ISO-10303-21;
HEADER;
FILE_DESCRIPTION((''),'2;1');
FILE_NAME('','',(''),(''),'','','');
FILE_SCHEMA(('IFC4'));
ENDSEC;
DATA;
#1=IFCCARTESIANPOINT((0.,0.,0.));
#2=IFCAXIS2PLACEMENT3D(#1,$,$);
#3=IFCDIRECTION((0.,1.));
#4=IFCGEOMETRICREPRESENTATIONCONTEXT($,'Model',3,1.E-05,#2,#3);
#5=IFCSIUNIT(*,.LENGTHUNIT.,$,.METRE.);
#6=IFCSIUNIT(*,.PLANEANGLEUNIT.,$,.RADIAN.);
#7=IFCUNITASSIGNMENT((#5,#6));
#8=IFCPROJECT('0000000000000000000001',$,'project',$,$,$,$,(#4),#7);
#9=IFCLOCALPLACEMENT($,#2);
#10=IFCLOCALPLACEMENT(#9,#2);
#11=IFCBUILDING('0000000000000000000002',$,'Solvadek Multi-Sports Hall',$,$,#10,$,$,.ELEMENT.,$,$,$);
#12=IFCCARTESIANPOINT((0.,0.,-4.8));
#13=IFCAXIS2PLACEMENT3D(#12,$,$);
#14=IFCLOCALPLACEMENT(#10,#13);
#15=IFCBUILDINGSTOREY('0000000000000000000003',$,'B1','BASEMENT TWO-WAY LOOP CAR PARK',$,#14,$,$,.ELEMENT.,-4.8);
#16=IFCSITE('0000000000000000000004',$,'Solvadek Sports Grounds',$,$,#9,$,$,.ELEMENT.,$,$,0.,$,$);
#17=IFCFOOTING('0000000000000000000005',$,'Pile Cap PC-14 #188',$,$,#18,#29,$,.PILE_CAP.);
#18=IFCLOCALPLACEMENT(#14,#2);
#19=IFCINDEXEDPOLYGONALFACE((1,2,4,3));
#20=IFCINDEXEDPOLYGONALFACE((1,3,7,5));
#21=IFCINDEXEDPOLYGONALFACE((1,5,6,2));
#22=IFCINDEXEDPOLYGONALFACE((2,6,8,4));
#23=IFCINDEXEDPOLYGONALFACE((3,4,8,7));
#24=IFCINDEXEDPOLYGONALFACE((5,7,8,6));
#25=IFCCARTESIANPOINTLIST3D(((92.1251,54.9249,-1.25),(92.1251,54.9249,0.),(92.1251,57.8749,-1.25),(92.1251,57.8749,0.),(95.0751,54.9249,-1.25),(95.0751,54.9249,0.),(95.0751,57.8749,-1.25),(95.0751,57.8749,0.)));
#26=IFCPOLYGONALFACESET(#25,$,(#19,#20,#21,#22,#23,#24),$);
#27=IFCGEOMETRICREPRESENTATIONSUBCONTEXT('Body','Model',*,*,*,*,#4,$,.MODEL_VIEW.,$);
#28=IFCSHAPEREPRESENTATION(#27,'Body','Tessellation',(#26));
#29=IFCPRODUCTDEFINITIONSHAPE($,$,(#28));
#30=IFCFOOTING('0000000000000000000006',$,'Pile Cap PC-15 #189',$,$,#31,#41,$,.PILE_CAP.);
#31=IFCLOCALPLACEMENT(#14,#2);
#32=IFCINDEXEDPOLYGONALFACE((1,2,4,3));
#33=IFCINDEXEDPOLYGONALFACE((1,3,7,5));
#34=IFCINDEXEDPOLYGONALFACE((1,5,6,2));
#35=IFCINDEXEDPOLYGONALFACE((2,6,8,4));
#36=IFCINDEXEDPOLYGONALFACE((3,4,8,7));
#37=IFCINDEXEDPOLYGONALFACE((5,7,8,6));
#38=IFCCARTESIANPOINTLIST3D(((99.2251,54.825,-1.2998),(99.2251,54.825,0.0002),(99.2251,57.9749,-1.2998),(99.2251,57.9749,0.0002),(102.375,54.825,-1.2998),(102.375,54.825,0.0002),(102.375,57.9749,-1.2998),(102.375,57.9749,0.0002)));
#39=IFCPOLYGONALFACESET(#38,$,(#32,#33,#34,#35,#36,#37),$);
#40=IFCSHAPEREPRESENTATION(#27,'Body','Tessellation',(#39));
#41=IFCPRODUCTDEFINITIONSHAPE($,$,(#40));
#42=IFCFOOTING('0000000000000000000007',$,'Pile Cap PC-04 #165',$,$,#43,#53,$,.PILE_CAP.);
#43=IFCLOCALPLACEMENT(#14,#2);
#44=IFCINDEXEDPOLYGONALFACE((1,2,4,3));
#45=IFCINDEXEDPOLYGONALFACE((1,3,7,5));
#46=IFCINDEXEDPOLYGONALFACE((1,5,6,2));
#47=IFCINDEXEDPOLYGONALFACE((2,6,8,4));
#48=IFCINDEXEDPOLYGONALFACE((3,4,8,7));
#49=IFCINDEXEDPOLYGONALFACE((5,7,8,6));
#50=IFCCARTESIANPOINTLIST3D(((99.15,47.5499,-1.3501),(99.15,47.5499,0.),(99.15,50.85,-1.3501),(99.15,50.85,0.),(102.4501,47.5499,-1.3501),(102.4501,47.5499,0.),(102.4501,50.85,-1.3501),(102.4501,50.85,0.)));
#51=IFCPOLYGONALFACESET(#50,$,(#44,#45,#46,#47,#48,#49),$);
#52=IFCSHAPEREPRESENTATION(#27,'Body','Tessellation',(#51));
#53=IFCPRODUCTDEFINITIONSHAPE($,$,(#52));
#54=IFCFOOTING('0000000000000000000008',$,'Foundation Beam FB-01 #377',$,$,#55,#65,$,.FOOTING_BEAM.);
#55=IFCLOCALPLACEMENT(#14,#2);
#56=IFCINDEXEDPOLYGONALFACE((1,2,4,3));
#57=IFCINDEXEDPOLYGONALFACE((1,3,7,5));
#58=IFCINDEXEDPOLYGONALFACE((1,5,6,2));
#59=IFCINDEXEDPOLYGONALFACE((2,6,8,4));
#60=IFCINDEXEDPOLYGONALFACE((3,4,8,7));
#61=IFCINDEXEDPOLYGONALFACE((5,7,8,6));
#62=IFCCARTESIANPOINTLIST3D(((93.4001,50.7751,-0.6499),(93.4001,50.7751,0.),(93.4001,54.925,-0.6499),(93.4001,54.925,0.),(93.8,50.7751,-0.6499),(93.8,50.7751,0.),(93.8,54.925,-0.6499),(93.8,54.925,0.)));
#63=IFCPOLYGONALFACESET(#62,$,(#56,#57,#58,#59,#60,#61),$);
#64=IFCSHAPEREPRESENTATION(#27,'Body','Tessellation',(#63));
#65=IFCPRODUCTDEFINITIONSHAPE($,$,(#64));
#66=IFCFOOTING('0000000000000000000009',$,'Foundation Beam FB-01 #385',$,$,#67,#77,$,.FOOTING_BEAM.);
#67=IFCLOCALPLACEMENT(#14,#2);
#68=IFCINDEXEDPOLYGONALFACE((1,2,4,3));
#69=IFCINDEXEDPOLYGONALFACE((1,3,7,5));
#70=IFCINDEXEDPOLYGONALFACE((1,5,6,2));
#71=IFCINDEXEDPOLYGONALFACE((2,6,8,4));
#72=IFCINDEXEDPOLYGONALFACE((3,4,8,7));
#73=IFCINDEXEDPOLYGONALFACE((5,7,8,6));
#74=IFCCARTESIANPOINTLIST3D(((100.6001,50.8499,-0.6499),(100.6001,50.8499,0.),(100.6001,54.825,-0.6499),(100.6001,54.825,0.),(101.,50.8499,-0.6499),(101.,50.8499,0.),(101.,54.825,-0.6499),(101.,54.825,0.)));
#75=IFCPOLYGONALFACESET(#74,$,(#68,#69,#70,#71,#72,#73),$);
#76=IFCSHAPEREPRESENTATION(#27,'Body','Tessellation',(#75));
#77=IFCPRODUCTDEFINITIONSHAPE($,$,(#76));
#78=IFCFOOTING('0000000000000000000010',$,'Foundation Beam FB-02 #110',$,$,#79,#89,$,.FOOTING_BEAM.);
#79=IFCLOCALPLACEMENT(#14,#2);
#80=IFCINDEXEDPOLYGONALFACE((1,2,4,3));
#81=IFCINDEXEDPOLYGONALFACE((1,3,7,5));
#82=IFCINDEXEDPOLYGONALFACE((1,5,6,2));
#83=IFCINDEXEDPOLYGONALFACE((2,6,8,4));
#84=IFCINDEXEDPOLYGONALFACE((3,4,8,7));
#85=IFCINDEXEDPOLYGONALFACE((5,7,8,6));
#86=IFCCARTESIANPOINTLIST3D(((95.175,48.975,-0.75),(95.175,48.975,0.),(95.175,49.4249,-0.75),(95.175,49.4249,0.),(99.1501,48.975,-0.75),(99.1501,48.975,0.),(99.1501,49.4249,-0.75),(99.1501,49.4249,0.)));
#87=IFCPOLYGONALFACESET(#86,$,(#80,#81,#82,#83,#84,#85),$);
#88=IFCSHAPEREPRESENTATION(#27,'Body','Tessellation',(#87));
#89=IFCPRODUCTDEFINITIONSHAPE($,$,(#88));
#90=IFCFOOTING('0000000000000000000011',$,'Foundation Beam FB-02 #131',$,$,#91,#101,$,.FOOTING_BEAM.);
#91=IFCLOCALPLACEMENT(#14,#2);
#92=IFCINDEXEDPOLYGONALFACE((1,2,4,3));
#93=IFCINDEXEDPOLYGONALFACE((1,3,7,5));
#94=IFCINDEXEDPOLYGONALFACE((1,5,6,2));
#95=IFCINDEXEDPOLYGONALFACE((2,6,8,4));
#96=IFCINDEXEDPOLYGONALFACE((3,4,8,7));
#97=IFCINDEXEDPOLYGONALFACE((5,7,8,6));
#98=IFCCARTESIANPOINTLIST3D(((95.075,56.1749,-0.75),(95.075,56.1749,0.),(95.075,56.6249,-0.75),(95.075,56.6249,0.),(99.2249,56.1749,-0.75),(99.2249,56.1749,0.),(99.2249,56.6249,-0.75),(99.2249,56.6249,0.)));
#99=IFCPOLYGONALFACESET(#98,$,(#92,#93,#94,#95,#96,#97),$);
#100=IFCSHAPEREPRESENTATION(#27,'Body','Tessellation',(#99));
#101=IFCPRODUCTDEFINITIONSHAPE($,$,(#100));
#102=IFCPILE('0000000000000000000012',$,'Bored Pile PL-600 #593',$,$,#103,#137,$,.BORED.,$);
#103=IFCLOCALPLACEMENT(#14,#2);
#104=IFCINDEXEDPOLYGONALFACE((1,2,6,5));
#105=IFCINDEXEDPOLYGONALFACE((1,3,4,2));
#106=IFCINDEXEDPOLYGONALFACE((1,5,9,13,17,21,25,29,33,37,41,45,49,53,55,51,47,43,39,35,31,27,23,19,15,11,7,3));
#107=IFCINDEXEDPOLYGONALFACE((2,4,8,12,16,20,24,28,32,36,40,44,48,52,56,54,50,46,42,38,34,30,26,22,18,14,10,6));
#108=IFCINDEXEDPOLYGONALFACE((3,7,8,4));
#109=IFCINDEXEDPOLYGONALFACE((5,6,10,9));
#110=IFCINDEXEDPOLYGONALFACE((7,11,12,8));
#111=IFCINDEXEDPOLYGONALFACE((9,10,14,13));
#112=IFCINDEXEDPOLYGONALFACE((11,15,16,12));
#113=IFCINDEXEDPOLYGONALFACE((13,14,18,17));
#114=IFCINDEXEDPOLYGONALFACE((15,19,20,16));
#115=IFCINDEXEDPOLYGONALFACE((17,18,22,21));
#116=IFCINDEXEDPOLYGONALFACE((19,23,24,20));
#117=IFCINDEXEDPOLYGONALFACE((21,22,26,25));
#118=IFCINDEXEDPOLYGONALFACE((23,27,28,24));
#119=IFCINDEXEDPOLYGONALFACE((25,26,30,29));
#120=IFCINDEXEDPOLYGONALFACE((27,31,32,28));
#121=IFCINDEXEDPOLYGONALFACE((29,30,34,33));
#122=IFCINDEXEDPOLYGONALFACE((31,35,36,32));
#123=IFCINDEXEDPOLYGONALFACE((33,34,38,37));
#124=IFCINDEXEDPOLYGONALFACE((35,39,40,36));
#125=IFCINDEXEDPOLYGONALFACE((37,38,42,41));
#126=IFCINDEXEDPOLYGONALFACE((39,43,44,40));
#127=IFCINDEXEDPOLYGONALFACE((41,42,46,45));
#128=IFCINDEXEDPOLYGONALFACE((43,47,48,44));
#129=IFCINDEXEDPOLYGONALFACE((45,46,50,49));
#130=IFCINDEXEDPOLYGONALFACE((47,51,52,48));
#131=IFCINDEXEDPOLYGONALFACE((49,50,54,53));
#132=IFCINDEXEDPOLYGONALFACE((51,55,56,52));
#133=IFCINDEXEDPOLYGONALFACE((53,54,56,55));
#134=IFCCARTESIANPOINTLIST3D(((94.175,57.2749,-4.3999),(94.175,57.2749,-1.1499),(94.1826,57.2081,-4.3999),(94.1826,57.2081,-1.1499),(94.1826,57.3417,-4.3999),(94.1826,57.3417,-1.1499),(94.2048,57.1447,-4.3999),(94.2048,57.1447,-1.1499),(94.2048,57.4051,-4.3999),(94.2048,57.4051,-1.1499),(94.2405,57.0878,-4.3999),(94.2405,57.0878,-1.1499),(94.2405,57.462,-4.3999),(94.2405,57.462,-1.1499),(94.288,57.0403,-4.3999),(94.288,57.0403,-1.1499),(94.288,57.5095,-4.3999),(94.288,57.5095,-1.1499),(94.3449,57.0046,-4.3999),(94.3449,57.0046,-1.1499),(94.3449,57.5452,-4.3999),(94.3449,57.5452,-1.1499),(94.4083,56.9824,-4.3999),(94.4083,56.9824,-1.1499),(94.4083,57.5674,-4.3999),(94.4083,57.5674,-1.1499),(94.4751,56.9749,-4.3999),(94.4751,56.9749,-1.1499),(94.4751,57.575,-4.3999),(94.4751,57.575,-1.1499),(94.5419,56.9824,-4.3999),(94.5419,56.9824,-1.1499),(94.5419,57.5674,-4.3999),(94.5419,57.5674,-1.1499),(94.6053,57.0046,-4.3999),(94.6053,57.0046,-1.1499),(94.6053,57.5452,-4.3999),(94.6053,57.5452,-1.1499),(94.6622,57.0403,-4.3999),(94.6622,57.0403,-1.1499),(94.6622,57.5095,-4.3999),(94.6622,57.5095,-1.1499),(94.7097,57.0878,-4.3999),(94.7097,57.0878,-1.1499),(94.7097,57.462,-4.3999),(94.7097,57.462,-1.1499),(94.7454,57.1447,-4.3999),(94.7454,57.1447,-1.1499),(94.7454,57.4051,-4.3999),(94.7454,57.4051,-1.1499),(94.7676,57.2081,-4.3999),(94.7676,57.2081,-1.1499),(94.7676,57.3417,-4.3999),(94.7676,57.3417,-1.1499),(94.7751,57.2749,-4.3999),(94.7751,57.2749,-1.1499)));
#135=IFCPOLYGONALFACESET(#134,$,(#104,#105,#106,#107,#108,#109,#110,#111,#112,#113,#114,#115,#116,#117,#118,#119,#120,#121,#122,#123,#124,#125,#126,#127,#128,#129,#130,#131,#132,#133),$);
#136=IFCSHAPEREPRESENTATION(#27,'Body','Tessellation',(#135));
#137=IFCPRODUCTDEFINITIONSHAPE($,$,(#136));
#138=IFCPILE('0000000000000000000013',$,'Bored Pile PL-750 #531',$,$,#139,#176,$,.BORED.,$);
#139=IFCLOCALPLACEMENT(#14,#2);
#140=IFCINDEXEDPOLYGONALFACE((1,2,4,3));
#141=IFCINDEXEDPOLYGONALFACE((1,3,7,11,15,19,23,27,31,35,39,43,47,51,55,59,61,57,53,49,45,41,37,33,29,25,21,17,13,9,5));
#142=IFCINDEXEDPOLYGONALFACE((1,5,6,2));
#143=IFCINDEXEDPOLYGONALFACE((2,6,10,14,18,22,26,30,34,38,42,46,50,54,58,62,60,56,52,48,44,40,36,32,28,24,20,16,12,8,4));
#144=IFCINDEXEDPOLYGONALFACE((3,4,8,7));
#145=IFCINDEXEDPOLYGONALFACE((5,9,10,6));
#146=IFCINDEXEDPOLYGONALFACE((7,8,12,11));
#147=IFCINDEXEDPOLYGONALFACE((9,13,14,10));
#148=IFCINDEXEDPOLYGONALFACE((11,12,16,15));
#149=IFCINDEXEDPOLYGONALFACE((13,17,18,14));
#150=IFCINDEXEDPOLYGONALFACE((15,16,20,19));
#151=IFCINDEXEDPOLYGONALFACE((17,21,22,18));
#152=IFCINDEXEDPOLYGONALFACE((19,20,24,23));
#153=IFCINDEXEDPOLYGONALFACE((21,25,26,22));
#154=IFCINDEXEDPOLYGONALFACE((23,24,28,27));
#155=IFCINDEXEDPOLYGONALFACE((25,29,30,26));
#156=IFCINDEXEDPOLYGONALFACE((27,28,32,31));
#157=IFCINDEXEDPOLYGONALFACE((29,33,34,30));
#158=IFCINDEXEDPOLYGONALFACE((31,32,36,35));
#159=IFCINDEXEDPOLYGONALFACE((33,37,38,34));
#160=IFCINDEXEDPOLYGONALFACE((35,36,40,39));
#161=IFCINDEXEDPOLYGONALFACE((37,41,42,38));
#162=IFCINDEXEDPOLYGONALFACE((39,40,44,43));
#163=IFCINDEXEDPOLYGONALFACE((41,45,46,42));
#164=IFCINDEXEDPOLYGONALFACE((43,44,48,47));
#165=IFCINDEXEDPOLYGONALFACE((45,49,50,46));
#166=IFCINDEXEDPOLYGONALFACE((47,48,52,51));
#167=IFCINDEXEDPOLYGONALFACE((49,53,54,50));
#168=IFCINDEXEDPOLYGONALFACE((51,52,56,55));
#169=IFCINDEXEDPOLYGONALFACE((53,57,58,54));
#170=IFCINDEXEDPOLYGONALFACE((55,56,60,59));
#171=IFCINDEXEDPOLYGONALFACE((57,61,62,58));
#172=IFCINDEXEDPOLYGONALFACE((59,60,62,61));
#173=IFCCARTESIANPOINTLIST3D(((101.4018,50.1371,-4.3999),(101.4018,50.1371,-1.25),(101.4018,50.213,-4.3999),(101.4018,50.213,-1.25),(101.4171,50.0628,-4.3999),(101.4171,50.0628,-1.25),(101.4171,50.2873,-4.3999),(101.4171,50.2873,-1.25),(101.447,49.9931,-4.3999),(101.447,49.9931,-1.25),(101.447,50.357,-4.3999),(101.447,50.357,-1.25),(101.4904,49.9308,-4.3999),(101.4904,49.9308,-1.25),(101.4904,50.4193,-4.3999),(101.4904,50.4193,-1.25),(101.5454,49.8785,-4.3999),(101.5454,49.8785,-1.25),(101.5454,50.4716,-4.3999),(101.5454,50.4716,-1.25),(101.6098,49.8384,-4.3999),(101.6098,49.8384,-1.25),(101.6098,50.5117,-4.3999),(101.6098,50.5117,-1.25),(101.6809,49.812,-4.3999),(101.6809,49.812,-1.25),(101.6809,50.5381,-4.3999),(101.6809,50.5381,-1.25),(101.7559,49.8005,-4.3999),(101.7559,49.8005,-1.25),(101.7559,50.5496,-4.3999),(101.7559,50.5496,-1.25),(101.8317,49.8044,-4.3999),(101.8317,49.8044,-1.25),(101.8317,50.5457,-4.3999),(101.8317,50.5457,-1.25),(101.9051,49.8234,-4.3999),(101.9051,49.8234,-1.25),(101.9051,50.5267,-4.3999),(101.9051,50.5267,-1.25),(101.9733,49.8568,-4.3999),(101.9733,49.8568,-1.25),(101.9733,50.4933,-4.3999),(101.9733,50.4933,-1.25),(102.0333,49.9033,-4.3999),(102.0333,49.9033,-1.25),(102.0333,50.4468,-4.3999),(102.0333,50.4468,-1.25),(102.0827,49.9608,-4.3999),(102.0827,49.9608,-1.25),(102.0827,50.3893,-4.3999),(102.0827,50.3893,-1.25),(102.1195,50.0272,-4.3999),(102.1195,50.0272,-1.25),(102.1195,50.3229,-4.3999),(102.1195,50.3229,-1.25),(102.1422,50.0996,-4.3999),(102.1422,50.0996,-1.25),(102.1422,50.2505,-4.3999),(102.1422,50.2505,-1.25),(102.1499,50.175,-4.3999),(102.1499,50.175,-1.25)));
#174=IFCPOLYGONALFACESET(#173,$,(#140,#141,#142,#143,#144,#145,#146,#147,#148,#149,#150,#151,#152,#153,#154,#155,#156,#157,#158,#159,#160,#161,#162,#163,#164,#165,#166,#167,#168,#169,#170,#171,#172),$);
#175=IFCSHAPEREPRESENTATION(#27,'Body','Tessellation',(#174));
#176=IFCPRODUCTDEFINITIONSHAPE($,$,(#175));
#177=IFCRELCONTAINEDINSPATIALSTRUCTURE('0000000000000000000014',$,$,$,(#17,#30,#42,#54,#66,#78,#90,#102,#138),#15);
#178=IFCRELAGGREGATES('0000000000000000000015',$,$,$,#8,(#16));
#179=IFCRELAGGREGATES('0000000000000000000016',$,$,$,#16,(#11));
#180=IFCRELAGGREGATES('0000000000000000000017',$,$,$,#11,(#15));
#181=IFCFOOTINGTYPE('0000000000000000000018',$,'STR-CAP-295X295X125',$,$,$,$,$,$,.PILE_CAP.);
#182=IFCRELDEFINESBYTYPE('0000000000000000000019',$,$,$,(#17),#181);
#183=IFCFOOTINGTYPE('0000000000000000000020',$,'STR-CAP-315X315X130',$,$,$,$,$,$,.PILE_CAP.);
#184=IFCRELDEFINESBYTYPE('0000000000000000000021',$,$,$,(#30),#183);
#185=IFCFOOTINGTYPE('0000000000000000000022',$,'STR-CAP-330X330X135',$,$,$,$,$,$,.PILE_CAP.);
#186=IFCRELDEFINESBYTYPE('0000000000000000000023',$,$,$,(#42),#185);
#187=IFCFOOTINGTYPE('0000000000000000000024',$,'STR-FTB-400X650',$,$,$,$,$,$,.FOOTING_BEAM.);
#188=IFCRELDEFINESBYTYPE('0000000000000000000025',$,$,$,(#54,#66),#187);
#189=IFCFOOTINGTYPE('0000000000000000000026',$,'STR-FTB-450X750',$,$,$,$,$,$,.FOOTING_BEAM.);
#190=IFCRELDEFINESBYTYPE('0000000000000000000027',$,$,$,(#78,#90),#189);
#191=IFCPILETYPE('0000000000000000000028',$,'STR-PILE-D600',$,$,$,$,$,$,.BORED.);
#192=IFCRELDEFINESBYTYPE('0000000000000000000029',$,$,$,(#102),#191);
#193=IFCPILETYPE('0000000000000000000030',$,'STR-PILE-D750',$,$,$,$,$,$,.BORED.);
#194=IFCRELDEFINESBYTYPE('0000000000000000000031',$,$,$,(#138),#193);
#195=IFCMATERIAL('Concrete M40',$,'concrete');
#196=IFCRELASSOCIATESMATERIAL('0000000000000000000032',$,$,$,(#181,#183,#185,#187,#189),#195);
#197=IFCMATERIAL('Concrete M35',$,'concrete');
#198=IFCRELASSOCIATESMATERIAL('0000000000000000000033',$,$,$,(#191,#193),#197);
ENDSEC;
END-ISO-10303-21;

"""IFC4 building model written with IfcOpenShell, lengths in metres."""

from ifc_helpers import new_model, si_unit, direction, frame, origin, origin_2d, place, context, subcontext, project, spatial, rectangle, circle, extrude, material, material_profile, profile_set, type_object, element, save


model = new_model("IFC4")

# Units and contexts
model_context = context("Model", 3, precision=1e-05, world=origin(), true_north=direction((0.0, 1.0)))
body_context = subcontext(model_context, "Body", "Model", "MODEL_VIEW")
ifc_project = project(units=[si_unit("LENGTHUNIT", "METRE"), si_unit("PLANEANGLEUNIT", "RADIAN")], contexts=[model_context])

# Site, building, storey
site_placement = place(None, origin())
site = spatial("IfcSite", under=ifc_project, at=site_placement, Name="Solvadek Sports Grounds", CompositionType="ELEMENT", RefElevation=0.0)
building_placement = place(site_placement, origin())
building = spatial("IfcBuilding", under=site, at=building_placement, Name="Solvadek Multi-Sports Hall", CompositionType="ELEMENT")
storey_placement = place(building_placement, frame((0.0, 0.0, -4.8)))
storey = spatial("IfcBuildingStorey", under=building, at=storey_placement, Name="B1", Description="BASEMENT TWO-WAY LOOP CAR PARK", CompositionType="ELEMENT", Elevation=-4.8)

# Footings
ifc_material_1 = material(Name="Concrete M40", Category="concrete")
footing_type_1 = type_object("IfcFootingType", Name="STR-CAP-295X295X125", PredefinedType="PILE_CAP", material=ifc_material_1)
footing_1_placement = place(storey_placement, frame((93.6001, 56.3999, -1.25), z_axis=(0.0, 0.0, 1.0), x_axis=(1.0, 0.0, 0.0)))
element("IfcFooting", 1, at=footing_1_placement, inside=storey, type_object=footing_type_1, Name="Pile Cap PC-14 #188", PredefinedType="PILE_CAP", context=body_context, shape_type="SweptSolid", body=[
    extrude(rectangle(XDim=2.95, YDim=2.95, at=origin_2d()), origin(), (0.0, 0.0, 1.0), 1.25),
])
footing_type_2 = type_object("IfcFootingType", Name="STR-CAP-315X315X130", PredefinedType="PILE_CAP", material=ifc_material_1)
footing_2_placement = place(storey_placement, frame((100.8, 56.3999, -1.2998), z_axis=(0.0, 0.0, 1.0), x_axis=(1.0, 0.0, 0.0)))
element("IfcFooting", 2, at=footing_2_placement, inside=storey, type_object=footing_type_2, Name="Pile Cap PC-15 #189", PredefinedType="PILE_CAP", context=body_context, shape_type="SweptSolid", body=[
    extrude(rectangle(XDim=3.1499, YDim=3.1499, at=origin_2d()), origin(), (0.0, 0.0, 1.0), 1.3),
])
footing_type_3 = type_object("IfcFootingType", Name="STR-CAP-330X330X135", PredefinedType="PILE_CAP", material=ifc_material_1)
footing_3_placement = place(storey_placement, frame((100.8, 49.2, -1.3501), z_axis=(0.0, 0.0, 1.0), x_axis=(1.0, 0.0, 0.0)))
element("IfcFooting", 3, at=footing_3_placement, inside=storey, type_object=footing_type_3, Name="Pile Cap PC-04 #165", PredefinedType="PILE_CAP", context=body_context, shape_type="SweptSolid", body=[
    extrude(rectangle(XDim=3.3, YDim=3.3, at=origin_2d()), origin(), (0.0, 0.0, 1.0), 1.3501),
])
footing_type_4 = type_object("IfcFootingType", Name="STR-FTB-400X650", PredefinedType="FOOTING_BEAM", material=ifc_material_1)
footing_4_placement = place(storey_placement, frame((93.6001, 52.8501, -0.6499), z_axis=(0.0, 0.0, 1.0), x_axis=(0.0, 1.0, 0.0)))
element("IfcFooting", 4, at=footing_4_placement, inside=storey, type_object=footing_type_4, Name="Foundation Beam FB-01 #377", PredefinedType="FOOTING_BEAM", context=body_context, shape_type="SweptSolid", body=[
    extrude(rectangle(XDim=4.1499, YDim=0.3999, at=origin_2d()), origin(), (0.0, 0.0, 1.0), 0.6499),
])
footing_5_placement = place(storey_placement, frame((100.8, 52.8374, -0.6499), z_axis=(0.0, 0.0, 1.0), x_axis=(0.0, 1.0, 0.0)))
element("IfcFooting", 5, at=footing_5_placement, inside=storey, type_object=footing_type_4, Name="Foundation Beam FB-01 #385", PredefinedType="FOOTING_BEAM", context=body_context, shape_type="SweptSolid", body=[
    extrude(rectangle(XDim=3.9751, YDim=0.3999, at=origin_2d()), origin(), (0.0, 0.0, 1.0), 0.6499),
])
footing_type_5 = type_object("IfcFootingType", Name="STR-FTB-450X750", PredefinedType="FOOTING_BEAM", material=ifc_material_1)
footing_6_placement = place(storey_placement, frame((97.1626, 49.2, -0.75), z_axis=(0.0, 0.0, 1.0), x_axis=(1.0, 0.0, 0.0)))
element("IfcFooting", 6, at=footing_6_placement, inside=storey, type_object=footing_type_5, Name="Foundation Beam FB-02 #110", PredefinedType="FOOTING_BEAM", context=body_context, shape_type="SweptSolid", body=[
    extrude(rectangle(XDim=3.9751, YDim=0.45, at=origin_2d()), origin(), (0.0, 0.0, 1.0), 0.75),
])
footing_7_placement = place(storey_placement, frame((97.1499, 56.3999, -0.75), z_axis=(0.0, 0.0, 1.0), x_axis=(1.0, 0.0, 0.0)))
element("IfcFooting", 7, at=footing_7_placement, inside=storey, type_object=footing_type_5, Name="Foundation Beam FB-02 #131", PredefinedType="FOOTING_BEAM", context=body_context, shape_type="SweptSolid", body=[
    extrude(rectangle(XDim=4.1499, YDim=0.45, at=origin_2d()), origin(), (0.0, 0.0, 1.0), 0.75),
])

# Piles
ifc_material_2 = material(Name="Concrete M35", Category="concrete")
ifc_material_profile_1 = material_profile(ifc_material_2, circle(Radius=0.3, at=origin_2d()), Name="BORED PILE D600")
ifc_profile_set_1 = profile_set([ifc_material_profile_1], Name="Concrete M35")
pile_type_1 = type_object("IfcPileType", Name="STR-PILE-D600", PredefinedType="BORED", material=ifc_profile_set_1)
pile_1_placement = place(storey_placement, frame((94.4751, 57.2749, -1.1499), z_axis=(0.0, 0.0, -1.0), x_axis=(1.0, 0.0, 0.0)))
element("IfcPile", 8, at=pile_1_placement, inside=storey, type_object=pile_type_1, Name="Bored Pile PL-600 #593", PredefinedType="BORED", context=body_context, shape_type="SweptSolid", body=[
    extrude(circle(Radius=0.3, at=origin_2d()), origin(), (0.0, 0.0, 1.0), 3.25),
])
ifc_material_profile_2 = material_profile(ifc_material_2, circle(Radius=0.375, at=origin_2d()), Name="BORED PILE D750")
ifc_profile_set_2 = profile_set([ifc_material_profile_2], Name="Concrete M35")
pile_type_2 = type_object("IfcPileType", Name="STR-PILE-D750", PredefinedType="BORED", material=ifc_profile_set_2)
pile_2_placement = place(storey_placement, frame((101.7749, 50.175, -1.25), z_axis=(0.0, 0.0, -1.0), x_axis=(1.0, 0.0, 0.0)))
element("IfcPile", 9, at=pile_2_placement, inside=storey, type_object=pile_type_2, Name="Bored Pile PL-750 #531", PredefinedType="BORED", context=body_context, shape_type="SweptSolid", body=[
    extrude(circle(Radius=0.375, at=origin_2d()), origin(), (0.0, 0.0, 1.0), 3.1499),
])

save(model, "model.ifc")
